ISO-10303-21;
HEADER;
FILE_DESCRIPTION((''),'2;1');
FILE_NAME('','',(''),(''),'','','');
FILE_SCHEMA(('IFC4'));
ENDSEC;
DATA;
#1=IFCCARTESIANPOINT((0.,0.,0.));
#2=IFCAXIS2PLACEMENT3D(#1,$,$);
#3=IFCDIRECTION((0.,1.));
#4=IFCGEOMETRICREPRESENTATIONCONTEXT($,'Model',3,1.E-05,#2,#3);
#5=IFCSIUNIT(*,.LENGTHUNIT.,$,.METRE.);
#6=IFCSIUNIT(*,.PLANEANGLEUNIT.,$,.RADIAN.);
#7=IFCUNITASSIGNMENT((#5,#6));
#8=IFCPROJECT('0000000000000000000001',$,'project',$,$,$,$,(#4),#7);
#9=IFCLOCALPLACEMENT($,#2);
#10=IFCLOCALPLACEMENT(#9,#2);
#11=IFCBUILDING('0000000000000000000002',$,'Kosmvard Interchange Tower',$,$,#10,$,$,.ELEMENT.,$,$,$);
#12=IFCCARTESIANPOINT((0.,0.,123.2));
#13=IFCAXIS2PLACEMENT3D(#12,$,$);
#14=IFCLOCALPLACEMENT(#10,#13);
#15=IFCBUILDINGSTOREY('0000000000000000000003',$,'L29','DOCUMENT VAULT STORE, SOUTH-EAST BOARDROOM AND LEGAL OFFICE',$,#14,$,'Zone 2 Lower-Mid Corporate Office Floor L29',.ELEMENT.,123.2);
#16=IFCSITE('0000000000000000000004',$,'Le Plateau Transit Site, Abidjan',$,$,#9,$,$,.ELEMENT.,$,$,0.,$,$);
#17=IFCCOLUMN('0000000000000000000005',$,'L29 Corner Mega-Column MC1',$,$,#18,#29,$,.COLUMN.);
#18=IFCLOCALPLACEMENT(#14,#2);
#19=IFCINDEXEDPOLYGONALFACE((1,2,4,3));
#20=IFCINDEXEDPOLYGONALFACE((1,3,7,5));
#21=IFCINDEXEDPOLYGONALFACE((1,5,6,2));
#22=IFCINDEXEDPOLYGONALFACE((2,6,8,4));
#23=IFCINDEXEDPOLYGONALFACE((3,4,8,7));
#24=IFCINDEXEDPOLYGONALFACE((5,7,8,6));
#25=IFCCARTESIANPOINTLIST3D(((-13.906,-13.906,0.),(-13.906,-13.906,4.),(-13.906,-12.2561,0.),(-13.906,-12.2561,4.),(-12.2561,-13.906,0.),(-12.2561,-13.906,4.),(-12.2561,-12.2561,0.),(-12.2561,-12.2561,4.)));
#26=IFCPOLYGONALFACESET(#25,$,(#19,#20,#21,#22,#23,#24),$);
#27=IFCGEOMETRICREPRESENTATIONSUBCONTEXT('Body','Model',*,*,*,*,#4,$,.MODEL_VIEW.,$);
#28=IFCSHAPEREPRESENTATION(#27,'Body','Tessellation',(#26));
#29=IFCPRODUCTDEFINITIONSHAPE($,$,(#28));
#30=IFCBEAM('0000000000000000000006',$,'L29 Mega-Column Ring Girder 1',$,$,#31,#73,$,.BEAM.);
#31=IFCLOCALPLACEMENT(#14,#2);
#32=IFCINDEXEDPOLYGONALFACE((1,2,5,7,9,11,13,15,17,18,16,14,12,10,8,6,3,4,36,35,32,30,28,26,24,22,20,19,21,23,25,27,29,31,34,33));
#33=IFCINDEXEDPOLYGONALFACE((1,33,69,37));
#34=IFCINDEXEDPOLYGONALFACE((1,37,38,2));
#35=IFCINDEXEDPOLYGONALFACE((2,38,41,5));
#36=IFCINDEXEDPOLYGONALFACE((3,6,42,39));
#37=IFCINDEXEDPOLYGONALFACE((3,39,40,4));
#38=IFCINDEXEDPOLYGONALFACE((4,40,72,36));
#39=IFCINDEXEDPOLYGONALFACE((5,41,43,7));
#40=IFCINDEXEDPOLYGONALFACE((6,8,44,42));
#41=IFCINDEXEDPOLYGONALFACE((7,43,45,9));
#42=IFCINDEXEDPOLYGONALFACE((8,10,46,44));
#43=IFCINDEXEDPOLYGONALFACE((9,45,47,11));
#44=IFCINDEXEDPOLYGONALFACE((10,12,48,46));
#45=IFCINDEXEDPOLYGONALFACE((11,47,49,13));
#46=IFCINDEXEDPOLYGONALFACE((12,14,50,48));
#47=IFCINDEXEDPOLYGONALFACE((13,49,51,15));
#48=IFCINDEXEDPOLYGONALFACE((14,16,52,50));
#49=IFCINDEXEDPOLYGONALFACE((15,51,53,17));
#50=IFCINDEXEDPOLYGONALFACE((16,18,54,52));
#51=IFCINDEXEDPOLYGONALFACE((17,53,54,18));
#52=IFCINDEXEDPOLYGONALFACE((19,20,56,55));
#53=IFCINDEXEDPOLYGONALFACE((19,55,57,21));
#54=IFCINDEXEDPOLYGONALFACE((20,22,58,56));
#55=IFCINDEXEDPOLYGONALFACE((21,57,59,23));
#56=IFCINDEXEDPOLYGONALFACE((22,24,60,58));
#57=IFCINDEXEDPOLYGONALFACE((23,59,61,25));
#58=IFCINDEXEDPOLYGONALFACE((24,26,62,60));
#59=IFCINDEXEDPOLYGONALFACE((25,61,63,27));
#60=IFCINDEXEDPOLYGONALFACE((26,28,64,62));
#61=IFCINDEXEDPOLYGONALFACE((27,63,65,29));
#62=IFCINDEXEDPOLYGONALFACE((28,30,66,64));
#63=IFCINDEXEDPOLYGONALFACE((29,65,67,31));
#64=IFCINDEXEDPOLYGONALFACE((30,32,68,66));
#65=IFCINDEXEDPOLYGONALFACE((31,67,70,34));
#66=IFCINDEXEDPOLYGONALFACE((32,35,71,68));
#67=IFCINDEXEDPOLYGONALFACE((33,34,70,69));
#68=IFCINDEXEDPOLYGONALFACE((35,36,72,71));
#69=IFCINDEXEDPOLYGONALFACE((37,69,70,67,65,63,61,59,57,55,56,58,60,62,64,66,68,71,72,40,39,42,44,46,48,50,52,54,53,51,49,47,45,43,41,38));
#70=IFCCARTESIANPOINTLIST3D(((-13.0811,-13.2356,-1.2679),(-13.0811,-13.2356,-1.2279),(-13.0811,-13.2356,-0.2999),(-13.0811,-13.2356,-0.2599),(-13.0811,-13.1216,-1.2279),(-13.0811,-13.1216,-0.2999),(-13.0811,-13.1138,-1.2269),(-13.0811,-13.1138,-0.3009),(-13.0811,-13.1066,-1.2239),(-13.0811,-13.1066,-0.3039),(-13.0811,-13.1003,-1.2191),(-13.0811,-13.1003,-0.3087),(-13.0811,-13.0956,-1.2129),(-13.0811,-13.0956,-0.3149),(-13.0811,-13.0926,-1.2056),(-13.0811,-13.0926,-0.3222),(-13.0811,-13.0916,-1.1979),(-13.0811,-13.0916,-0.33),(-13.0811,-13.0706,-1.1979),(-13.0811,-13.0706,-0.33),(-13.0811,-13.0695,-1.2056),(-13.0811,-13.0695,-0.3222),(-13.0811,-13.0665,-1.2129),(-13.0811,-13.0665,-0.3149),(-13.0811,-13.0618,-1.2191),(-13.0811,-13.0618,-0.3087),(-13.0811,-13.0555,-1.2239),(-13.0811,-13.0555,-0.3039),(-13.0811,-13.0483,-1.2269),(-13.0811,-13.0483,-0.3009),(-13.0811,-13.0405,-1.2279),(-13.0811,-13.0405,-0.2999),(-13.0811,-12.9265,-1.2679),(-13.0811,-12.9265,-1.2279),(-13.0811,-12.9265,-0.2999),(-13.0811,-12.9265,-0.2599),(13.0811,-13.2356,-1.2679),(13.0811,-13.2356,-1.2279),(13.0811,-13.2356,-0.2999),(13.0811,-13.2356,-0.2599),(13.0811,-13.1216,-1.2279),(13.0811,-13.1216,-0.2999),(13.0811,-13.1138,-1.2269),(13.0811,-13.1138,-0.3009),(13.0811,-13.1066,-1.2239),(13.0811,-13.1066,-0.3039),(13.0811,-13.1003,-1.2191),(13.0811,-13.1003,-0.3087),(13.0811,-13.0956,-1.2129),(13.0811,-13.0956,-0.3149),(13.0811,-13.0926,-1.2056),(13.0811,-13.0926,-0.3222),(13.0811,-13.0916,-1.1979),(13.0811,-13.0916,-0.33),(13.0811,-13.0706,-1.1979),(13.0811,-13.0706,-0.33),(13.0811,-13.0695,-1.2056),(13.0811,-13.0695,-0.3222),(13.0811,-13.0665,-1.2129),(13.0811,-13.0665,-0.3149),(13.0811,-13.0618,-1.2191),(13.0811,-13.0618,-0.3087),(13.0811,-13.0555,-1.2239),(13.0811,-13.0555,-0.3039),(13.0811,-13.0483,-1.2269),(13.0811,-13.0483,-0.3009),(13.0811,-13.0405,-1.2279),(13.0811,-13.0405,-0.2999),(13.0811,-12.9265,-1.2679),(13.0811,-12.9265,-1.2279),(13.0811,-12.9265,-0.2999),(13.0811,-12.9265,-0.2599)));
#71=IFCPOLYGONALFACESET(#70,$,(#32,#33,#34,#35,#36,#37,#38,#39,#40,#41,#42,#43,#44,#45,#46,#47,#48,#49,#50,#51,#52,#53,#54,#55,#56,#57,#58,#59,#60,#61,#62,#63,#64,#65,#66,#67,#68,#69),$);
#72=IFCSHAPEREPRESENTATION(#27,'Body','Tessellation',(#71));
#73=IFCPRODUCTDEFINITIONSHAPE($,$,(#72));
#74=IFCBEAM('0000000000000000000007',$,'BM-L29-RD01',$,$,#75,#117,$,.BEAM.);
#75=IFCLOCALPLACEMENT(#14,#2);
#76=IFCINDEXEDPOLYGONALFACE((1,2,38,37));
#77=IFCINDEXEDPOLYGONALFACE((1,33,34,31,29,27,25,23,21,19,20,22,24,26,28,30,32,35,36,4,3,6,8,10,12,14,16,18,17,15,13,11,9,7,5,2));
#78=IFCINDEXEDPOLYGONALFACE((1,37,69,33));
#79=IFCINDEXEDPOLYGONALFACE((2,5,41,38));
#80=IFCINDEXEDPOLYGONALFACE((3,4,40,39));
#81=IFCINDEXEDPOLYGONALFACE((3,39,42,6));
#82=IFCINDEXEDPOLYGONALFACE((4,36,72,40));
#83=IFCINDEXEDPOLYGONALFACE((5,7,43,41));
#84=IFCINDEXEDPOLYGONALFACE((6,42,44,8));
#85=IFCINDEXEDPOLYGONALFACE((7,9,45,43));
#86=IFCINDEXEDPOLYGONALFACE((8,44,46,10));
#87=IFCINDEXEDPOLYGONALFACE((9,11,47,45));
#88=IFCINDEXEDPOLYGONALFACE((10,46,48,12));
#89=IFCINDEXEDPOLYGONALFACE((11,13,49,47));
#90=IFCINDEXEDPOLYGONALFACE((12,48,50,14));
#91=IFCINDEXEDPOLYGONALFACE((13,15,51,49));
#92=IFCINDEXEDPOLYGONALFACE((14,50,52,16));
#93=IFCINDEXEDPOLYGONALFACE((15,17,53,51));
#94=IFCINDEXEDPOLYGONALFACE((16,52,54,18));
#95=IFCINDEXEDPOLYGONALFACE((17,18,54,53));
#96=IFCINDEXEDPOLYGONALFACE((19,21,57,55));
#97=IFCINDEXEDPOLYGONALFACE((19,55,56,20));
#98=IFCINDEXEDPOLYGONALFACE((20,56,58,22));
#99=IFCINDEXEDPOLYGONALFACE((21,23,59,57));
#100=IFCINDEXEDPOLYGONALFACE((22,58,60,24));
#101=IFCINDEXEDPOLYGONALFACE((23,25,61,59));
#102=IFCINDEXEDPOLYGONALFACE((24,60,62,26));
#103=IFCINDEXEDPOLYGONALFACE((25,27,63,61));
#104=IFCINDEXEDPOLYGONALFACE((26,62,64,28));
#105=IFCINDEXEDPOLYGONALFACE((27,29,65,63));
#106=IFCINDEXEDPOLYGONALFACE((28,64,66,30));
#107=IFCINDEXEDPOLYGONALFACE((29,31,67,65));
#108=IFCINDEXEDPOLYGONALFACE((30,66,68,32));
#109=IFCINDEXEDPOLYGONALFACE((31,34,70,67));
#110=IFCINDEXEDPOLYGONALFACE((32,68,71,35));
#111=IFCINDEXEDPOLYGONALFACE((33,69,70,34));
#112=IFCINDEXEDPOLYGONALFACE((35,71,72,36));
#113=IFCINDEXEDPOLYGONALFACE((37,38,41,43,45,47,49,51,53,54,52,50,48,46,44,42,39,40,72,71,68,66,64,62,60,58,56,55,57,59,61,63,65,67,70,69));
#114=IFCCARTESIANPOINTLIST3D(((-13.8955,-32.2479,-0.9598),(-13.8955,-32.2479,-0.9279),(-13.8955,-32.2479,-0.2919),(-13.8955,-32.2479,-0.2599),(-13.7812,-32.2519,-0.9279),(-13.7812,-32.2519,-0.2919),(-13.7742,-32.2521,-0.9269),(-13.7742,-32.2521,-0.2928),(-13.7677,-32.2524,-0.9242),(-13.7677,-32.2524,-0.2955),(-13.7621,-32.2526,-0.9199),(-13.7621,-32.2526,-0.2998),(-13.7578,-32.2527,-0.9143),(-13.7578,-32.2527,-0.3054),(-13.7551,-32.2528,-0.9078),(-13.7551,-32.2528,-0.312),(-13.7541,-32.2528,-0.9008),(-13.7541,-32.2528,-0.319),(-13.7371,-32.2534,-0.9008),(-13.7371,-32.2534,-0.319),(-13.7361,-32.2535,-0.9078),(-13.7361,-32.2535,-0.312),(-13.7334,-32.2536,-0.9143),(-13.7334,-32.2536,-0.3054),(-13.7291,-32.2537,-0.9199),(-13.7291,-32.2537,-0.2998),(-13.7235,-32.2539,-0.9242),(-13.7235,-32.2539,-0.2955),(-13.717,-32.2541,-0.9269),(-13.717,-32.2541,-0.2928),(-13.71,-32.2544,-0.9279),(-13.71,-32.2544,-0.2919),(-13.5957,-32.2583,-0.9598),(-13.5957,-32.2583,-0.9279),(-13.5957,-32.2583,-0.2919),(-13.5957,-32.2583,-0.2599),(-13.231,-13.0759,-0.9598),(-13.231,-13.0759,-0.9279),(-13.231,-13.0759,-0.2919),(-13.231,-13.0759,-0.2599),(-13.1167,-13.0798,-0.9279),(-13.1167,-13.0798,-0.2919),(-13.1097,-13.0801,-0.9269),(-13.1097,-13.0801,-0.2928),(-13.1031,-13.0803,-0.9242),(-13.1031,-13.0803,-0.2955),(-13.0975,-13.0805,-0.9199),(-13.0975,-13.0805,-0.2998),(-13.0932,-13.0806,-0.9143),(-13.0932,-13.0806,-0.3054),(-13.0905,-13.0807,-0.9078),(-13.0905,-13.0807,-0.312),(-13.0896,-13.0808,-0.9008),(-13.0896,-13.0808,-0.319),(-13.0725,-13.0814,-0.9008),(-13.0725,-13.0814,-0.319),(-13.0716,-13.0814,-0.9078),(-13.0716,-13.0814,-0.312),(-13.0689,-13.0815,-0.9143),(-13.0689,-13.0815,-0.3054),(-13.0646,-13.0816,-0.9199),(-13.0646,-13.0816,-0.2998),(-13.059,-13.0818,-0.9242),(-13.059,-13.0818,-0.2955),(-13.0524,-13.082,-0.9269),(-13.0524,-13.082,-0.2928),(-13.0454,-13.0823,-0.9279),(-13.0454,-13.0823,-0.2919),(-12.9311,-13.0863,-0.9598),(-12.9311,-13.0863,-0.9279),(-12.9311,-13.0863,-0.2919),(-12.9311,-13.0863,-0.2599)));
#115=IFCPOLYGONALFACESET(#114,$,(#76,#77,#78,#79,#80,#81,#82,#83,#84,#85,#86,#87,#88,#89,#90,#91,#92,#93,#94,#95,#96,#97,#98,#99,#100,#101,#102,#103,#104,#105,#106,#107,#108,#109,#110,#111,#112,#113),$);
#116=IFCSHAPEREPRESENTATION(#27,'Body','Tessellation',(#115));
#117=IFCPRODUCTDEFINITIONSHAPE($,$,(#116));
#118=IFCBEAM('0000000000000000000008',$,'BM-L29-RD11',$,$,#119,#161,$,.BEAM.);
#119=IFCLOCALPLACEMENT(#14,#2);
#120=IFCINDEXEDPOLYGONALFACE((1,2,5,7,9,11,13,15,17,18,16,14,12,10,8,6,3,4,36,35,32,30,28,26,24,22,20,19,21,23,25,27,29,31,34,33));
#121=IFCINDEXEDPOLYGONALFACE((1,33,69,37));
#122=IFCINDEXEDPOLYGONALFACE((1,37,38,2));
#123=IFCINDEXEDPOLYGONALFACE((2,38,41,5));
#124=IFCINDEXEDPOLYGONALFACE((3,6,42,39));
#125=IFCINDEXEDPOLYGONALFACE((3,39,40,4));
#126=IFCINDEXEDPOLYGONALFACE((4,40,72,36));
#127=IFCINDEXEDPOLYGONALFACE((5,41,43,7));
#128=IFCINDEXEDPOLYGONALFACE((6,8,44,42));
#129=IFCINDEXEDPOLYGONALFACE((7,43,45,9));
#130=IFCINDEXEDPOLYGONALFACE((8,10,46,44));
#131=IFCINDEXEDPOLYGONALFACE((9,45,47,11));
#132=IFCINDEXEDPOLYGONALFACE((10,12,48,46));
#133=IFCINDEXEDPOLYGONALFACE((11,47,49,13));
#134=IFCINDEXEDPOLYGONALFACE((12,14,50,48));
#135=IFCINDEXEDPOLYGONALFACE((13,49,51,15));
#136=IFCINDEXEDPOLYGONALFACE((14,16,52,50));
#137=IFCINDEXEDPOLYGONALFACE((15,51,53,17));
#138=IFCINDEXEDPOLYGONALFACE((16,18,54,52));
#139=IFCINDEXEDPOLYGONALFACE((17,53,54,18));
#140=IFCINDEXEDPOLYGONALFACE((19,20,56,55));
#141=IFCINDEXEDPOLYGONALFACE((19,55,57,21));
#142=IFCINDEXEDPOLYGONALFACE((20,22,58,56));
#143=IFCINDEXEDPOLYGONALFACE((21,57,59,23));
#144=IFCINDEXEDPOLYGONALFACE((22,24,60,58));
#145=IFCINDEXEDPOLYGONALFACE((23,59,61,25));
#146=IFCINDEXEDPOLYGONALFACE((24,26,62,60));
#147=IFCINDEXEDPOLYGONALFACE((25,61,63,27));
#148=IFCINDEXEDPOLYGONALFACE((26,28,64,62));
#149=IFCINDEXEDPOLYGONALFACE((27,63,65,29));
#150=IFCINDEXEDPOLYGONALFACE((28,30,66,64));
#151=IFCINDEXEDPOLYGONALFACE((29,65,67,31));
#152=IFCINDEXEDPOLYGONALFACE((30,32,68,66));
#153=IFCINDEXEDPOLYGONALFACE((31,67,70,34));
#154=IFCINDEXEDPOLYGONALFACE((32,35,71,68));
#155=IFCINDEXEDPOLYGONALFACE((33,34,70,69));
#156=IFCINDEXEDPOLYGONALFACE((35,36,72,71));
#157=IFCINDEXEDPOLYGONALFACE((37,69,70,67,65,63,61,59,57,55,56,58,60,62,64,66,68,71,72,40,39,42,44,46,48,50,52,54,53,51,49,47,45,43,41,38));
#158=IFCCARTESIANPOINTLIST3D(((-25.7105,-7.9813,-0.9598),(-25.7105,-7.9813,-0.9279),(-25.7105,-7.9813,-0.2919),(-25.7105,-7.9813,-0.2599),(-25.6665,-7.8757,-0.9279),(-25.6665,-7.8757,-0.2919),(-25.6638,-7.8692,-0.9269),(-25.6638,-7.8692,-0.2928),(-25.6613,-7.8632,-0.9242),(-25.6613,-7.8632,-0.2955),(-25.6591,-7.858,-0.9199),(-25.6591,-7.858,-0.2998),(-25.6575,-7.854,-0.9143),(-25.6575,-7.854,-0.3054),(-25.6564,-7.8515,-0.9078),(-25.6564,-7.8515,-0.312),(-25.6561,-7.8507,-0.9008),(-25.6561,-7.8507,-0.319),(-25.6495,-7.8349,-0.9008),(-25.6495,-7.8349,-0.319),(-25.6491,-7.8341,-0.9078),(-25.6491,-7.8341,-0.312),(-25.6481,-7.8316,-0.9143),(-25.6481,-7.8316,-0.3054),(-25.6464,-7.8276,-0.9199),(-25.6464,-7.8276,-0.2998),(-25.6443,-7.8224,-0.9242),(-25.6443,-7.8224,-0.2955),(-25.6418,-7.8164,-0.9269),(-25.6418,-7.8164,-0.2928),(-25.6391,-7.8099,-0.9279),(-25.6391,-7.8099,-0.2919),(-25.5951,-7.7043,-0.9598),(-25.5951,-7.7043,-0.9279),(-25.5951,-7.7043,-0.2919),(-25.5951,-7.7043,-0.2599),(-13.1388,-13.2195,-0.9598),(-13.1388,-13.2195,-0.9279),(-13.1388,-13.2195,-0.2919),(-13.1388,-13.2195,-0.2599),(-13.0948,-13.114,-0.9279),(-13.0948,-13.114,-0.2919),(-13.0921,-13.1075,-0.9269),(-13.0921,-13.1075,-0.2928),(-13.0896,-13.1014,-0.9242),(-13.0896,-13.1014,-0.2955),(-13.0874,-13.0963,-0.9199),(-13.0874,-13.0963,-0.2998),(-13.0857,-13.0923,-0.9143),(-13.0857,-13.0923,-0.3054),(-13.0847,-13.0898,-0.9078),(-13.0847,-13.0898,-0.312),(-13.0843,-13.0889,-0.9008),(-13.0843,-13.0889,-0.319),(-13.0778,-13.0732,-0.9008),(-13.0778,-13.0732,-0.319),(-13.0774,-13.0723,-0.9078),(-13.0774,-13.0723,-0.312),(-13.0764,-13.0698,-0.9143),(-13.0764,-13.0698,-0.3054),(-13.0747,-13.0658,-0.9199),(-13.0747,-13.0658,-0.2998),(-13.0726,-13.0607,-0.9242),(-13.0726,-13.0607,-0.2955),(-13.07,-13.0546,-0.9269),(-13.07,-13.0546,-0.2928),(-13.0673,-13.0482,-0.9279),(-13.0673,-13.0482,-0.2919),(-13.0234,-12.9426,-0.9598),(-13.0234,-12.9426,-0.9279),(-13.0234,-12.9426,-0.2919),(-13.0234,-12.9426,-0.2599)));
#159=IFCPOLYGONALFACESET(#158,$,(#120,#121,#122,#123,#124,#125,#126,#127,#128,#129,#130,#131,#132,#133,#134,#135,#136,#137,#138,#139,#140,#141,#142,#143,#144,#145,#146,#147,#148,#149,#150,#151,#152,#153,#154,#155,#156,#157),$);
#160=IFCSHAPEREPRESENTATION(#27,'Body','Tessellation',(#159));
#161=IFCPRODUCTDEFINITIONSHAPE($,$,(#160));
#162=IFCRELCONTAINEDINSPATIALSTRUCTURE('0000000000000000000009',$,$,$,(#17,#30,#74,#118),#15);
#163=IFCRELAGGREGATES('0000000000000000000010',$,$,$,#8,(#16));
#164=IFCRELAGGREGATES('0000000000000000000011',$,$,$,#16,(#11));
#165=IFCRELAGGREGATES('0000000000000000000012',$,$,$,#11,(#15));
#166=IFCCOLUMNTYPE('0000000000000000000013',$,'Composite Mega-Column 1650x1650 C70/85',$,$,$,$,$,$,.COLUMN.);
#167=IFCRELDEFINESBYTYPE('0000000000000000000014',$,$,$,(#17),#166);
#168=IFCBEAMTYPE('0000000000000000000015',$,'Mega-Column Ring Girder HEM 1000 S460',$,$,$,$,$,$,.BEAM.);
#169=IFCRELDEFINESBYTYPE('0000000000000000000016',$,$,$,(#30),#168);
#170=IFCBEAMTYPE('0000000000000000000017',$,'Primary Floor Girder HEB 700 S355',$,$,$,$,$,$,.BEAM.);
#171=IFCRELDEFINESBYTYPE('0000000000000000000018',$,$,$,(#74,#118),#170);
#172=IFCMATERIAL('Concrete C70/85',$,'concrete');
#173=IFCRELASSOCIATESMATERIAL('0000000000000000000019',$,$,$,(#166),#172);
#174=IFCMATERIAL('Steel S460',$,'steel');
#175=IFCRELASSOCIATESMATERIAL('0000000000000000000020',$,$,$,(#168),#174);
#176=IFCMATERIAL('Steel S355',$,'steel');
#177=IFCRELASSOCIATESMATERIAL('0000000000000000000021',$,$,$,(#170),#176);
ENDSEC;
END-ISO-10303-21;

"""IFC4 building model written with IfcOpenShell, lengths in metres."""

from ifc_helpers import new_model, si_unit, direction, frame, origin, origin_2d, place, context, subcontext, project, spatial, rectangle, i_section, extrude, source, transform, mapped, material, material_profile, profile_set, type_object, element, save


model = new_model("IFC4")

# Units and contexts
model_context = context("Model", 3, precision=1e-05, world=origin(), true_north=direction((0.0, 1.0)))
body_context = subcontext(model_context, "Body", "Model", "MODEL_VIEW")
ifc_project = project(units=[si_unit("LENGTHUNIT", "METRE"), si_unit("PLANEANGLEUNIT", "RADIAN")], contexts=[model_context])

# Site, building, storey
site_placement = place(None, origin())
site = spatial("IfcSite", under=ifc_project, at=site_placement, Name="Le Plateau Transit Site, Abidjan", CompositionType="ELEMENT", RefElevation=0.0)
building_placement = place(site_placement, origin())
building = spatial("IfcBuilding", under=site, at=building_placement, Name="Kosmvard Interchange Tower", CompositionType="ELEMENT")
storey_placement = place(building_placement, frame((0.0, 0.0, 123.2)))
storey = spatial("IfcBuildingStorey", under=building, at=storey_placement, Name="L29", Description="DOCUMENT VAULT STORE, SOUTH-EAST BOARDROOM AND LEGAL OFFICE", LongName="Zone 2 Lower-Mid Corporate Office Floor L29", CompositionType="ELEMENT", Elevation=123.2)

# Column
ifc_material_1 = material(Name="Concrete C70/85", Category="concrete")
ifc_material_profile_1 = material_profile(ifc_material_1, rectangle(XDim=1.6499, YDim=1.6499, at=origin_2d()), Name="MC 1650x1650")
ifc_profile_set_1 = profile_set([ifc_material_profile_1], Name="Concrete C70/85")
column_type = type_object("IfcColumnType", Name="Composite Mega-Column 1650x1650 C70/85", PredefinedType="COLUMN", material=ifc_profile_set_1)
shared_shape_1 = source(origin(), body_context, "Body", "SweptSolid", [
    extrude(rectangle(XDim=1.6499, YDim=1.6499, at=origin_2d()), origin(), (0.0, 0.0, 1.0), 4.0),
])
column_placement = place(storey_placement, frame((-13.0811, -13.0811, 0.0), z_axis=(0.0, 0.0, 1.0), x_axis=(1.0, 0.0, 0.0)))
element("IfcColumn", 1, at=column_placement, inside=storey, type_object=column_type, Name="L29 Corner Mega-Column MC1", PredefinedType="COLUMN", context=body_context, shape_type="MappedRepresentation", body=[
    mapped(shared_shape_1, transform((0.0, 0.0, 0.0), scale=1.0)),
])

# Beams
ifc_material_2 = material(Name="Steel S460", Category="steel")
ifc_material_profile_2 = material_profile(ifc_material_2, i_section(OverallWidth=0.3091, OverallDepth=1.0081, WebThickness=0.021, FlangeThickness=0.04, FilletRadius=0.03, at=origin_2d()), Name="HEM 1000")
ifc_profile_set_2 = profile_set([ifc_material_profile_2], Name="Steel S460")
beam_type_1 = type_object("IfcBeamType", Name="Mega-Column Ring Girder HEM 1000 S460", PredefinedType="BEAM", material=ifc_profile_set_2)
shared_shape_2 = source(origin(), body_context, "Body", "SweptSolid", [
    extrude(i_section(OverallWidth=0.3091, OverallDepth=1.0081, WebThickness=0.021, FlangeThickness=0.04, FilletRadius=0.03, at=origin_2d()), origin(), (0.0, 0.0, 1.0), 26.1621),
])
beam_1_placement = place(storey_placement, frame((-13.0811, -13.0811, -0.7639), z_axis=(1.0, 0.0, 0.0), x_axis=(0.0, 1.0, 0.0)))
element("IfcBeam", 2, at=beam_1_placement, inside=storey, type_object=beam_type_1, Name="L29 Mega-Column Ring Girder 1", PredefinedType="BEAM", context=body_context, shape_type="MappedRepresentation", body=[
    mapped(shared_shape_2, transform((0.0, 0.0, 0.0), scale=1.0)),
])
ifc_material_3 = material(Name="Steel S355", Category="steel")
ifc_material_profile_3 = material_profile(ifc_material_3, i_section(OverallWidth=0.3, OverallDepth=0.7, WebThickness=0.0171, FlangeThickness=0.032, FilletRadius=0.0271, at=origin_2d()), Name="HEB 700")
ifc_profile_set_3 = profile_set([ifc_material_profile_3], Name="Steel S355")
beam_type_2 = type_object("IfcBeamType", Name="Primary Floor Girder HEB 700 S355", PredefinedType="BEAM", material=ifc_profile_set_3)
shared_shape_3 = source(origin(), body_context, "Body", "SweptSolid", [
    extrude(i_section(OverallWidth=0.3, OverallDepth=0.7, WebThickness=0.0171, FlangeThickness=0.032, FilletRadius=0.0271, at=origin_2d()), origin(), (0.0, 0.0, 1.0), 19.1836),
])
beam_2_placement = place(storey_placement, frame((-13.0811, -13.0811, -0.6099), z_axis=(-0.034642, -0.9994, 0.0), x_axis=(0.9994, -0.034642, 0.0)))
element("IfcBeam", 3, at=beam_2_placement, inside=storey, type_object=beam_type_2, Name="BM-L29-RD01", PredefinedType="BEAM", context=body_context, shape_type="MappedRepresentation", body=[
    mapped(shared_shape_3, transform((0.0, 0.0, 0.0), scale=1.0)),
])
shared_shape_4 = source(origin(), body_context, "Body", "SweptSolid", [
    extrude(i_section(OverallWidth=0.3, OverallDepth=0.7, WebThickness=0.0171, FlangeThickness=0.032, FilletRadius=0.0271, at=origin_2d()), origin(), (0.0, 0.0, 1.0), 13.6194),
])
beam_3_placement = place(storey_placement, frame((-13.0811, -13.0811, -0.6099), z_axis=(-0.923076, 0.384618, 0.0), x_axis=(-0.384618, -0.923076, 0.0)))
element("IfcBeam", 4, at=beam_3_placement, inside=storey, type_object=beam_type_2, Name="BM-L29-RD11", PredefinedType="BEAM", context=body_context, shape_type="MappedRepresentation", body=[
    mapped(shared_shape_4, transform((0.0, 0.0, 0.0), scale=1.0)),
])

save(model, "model.ifc")
